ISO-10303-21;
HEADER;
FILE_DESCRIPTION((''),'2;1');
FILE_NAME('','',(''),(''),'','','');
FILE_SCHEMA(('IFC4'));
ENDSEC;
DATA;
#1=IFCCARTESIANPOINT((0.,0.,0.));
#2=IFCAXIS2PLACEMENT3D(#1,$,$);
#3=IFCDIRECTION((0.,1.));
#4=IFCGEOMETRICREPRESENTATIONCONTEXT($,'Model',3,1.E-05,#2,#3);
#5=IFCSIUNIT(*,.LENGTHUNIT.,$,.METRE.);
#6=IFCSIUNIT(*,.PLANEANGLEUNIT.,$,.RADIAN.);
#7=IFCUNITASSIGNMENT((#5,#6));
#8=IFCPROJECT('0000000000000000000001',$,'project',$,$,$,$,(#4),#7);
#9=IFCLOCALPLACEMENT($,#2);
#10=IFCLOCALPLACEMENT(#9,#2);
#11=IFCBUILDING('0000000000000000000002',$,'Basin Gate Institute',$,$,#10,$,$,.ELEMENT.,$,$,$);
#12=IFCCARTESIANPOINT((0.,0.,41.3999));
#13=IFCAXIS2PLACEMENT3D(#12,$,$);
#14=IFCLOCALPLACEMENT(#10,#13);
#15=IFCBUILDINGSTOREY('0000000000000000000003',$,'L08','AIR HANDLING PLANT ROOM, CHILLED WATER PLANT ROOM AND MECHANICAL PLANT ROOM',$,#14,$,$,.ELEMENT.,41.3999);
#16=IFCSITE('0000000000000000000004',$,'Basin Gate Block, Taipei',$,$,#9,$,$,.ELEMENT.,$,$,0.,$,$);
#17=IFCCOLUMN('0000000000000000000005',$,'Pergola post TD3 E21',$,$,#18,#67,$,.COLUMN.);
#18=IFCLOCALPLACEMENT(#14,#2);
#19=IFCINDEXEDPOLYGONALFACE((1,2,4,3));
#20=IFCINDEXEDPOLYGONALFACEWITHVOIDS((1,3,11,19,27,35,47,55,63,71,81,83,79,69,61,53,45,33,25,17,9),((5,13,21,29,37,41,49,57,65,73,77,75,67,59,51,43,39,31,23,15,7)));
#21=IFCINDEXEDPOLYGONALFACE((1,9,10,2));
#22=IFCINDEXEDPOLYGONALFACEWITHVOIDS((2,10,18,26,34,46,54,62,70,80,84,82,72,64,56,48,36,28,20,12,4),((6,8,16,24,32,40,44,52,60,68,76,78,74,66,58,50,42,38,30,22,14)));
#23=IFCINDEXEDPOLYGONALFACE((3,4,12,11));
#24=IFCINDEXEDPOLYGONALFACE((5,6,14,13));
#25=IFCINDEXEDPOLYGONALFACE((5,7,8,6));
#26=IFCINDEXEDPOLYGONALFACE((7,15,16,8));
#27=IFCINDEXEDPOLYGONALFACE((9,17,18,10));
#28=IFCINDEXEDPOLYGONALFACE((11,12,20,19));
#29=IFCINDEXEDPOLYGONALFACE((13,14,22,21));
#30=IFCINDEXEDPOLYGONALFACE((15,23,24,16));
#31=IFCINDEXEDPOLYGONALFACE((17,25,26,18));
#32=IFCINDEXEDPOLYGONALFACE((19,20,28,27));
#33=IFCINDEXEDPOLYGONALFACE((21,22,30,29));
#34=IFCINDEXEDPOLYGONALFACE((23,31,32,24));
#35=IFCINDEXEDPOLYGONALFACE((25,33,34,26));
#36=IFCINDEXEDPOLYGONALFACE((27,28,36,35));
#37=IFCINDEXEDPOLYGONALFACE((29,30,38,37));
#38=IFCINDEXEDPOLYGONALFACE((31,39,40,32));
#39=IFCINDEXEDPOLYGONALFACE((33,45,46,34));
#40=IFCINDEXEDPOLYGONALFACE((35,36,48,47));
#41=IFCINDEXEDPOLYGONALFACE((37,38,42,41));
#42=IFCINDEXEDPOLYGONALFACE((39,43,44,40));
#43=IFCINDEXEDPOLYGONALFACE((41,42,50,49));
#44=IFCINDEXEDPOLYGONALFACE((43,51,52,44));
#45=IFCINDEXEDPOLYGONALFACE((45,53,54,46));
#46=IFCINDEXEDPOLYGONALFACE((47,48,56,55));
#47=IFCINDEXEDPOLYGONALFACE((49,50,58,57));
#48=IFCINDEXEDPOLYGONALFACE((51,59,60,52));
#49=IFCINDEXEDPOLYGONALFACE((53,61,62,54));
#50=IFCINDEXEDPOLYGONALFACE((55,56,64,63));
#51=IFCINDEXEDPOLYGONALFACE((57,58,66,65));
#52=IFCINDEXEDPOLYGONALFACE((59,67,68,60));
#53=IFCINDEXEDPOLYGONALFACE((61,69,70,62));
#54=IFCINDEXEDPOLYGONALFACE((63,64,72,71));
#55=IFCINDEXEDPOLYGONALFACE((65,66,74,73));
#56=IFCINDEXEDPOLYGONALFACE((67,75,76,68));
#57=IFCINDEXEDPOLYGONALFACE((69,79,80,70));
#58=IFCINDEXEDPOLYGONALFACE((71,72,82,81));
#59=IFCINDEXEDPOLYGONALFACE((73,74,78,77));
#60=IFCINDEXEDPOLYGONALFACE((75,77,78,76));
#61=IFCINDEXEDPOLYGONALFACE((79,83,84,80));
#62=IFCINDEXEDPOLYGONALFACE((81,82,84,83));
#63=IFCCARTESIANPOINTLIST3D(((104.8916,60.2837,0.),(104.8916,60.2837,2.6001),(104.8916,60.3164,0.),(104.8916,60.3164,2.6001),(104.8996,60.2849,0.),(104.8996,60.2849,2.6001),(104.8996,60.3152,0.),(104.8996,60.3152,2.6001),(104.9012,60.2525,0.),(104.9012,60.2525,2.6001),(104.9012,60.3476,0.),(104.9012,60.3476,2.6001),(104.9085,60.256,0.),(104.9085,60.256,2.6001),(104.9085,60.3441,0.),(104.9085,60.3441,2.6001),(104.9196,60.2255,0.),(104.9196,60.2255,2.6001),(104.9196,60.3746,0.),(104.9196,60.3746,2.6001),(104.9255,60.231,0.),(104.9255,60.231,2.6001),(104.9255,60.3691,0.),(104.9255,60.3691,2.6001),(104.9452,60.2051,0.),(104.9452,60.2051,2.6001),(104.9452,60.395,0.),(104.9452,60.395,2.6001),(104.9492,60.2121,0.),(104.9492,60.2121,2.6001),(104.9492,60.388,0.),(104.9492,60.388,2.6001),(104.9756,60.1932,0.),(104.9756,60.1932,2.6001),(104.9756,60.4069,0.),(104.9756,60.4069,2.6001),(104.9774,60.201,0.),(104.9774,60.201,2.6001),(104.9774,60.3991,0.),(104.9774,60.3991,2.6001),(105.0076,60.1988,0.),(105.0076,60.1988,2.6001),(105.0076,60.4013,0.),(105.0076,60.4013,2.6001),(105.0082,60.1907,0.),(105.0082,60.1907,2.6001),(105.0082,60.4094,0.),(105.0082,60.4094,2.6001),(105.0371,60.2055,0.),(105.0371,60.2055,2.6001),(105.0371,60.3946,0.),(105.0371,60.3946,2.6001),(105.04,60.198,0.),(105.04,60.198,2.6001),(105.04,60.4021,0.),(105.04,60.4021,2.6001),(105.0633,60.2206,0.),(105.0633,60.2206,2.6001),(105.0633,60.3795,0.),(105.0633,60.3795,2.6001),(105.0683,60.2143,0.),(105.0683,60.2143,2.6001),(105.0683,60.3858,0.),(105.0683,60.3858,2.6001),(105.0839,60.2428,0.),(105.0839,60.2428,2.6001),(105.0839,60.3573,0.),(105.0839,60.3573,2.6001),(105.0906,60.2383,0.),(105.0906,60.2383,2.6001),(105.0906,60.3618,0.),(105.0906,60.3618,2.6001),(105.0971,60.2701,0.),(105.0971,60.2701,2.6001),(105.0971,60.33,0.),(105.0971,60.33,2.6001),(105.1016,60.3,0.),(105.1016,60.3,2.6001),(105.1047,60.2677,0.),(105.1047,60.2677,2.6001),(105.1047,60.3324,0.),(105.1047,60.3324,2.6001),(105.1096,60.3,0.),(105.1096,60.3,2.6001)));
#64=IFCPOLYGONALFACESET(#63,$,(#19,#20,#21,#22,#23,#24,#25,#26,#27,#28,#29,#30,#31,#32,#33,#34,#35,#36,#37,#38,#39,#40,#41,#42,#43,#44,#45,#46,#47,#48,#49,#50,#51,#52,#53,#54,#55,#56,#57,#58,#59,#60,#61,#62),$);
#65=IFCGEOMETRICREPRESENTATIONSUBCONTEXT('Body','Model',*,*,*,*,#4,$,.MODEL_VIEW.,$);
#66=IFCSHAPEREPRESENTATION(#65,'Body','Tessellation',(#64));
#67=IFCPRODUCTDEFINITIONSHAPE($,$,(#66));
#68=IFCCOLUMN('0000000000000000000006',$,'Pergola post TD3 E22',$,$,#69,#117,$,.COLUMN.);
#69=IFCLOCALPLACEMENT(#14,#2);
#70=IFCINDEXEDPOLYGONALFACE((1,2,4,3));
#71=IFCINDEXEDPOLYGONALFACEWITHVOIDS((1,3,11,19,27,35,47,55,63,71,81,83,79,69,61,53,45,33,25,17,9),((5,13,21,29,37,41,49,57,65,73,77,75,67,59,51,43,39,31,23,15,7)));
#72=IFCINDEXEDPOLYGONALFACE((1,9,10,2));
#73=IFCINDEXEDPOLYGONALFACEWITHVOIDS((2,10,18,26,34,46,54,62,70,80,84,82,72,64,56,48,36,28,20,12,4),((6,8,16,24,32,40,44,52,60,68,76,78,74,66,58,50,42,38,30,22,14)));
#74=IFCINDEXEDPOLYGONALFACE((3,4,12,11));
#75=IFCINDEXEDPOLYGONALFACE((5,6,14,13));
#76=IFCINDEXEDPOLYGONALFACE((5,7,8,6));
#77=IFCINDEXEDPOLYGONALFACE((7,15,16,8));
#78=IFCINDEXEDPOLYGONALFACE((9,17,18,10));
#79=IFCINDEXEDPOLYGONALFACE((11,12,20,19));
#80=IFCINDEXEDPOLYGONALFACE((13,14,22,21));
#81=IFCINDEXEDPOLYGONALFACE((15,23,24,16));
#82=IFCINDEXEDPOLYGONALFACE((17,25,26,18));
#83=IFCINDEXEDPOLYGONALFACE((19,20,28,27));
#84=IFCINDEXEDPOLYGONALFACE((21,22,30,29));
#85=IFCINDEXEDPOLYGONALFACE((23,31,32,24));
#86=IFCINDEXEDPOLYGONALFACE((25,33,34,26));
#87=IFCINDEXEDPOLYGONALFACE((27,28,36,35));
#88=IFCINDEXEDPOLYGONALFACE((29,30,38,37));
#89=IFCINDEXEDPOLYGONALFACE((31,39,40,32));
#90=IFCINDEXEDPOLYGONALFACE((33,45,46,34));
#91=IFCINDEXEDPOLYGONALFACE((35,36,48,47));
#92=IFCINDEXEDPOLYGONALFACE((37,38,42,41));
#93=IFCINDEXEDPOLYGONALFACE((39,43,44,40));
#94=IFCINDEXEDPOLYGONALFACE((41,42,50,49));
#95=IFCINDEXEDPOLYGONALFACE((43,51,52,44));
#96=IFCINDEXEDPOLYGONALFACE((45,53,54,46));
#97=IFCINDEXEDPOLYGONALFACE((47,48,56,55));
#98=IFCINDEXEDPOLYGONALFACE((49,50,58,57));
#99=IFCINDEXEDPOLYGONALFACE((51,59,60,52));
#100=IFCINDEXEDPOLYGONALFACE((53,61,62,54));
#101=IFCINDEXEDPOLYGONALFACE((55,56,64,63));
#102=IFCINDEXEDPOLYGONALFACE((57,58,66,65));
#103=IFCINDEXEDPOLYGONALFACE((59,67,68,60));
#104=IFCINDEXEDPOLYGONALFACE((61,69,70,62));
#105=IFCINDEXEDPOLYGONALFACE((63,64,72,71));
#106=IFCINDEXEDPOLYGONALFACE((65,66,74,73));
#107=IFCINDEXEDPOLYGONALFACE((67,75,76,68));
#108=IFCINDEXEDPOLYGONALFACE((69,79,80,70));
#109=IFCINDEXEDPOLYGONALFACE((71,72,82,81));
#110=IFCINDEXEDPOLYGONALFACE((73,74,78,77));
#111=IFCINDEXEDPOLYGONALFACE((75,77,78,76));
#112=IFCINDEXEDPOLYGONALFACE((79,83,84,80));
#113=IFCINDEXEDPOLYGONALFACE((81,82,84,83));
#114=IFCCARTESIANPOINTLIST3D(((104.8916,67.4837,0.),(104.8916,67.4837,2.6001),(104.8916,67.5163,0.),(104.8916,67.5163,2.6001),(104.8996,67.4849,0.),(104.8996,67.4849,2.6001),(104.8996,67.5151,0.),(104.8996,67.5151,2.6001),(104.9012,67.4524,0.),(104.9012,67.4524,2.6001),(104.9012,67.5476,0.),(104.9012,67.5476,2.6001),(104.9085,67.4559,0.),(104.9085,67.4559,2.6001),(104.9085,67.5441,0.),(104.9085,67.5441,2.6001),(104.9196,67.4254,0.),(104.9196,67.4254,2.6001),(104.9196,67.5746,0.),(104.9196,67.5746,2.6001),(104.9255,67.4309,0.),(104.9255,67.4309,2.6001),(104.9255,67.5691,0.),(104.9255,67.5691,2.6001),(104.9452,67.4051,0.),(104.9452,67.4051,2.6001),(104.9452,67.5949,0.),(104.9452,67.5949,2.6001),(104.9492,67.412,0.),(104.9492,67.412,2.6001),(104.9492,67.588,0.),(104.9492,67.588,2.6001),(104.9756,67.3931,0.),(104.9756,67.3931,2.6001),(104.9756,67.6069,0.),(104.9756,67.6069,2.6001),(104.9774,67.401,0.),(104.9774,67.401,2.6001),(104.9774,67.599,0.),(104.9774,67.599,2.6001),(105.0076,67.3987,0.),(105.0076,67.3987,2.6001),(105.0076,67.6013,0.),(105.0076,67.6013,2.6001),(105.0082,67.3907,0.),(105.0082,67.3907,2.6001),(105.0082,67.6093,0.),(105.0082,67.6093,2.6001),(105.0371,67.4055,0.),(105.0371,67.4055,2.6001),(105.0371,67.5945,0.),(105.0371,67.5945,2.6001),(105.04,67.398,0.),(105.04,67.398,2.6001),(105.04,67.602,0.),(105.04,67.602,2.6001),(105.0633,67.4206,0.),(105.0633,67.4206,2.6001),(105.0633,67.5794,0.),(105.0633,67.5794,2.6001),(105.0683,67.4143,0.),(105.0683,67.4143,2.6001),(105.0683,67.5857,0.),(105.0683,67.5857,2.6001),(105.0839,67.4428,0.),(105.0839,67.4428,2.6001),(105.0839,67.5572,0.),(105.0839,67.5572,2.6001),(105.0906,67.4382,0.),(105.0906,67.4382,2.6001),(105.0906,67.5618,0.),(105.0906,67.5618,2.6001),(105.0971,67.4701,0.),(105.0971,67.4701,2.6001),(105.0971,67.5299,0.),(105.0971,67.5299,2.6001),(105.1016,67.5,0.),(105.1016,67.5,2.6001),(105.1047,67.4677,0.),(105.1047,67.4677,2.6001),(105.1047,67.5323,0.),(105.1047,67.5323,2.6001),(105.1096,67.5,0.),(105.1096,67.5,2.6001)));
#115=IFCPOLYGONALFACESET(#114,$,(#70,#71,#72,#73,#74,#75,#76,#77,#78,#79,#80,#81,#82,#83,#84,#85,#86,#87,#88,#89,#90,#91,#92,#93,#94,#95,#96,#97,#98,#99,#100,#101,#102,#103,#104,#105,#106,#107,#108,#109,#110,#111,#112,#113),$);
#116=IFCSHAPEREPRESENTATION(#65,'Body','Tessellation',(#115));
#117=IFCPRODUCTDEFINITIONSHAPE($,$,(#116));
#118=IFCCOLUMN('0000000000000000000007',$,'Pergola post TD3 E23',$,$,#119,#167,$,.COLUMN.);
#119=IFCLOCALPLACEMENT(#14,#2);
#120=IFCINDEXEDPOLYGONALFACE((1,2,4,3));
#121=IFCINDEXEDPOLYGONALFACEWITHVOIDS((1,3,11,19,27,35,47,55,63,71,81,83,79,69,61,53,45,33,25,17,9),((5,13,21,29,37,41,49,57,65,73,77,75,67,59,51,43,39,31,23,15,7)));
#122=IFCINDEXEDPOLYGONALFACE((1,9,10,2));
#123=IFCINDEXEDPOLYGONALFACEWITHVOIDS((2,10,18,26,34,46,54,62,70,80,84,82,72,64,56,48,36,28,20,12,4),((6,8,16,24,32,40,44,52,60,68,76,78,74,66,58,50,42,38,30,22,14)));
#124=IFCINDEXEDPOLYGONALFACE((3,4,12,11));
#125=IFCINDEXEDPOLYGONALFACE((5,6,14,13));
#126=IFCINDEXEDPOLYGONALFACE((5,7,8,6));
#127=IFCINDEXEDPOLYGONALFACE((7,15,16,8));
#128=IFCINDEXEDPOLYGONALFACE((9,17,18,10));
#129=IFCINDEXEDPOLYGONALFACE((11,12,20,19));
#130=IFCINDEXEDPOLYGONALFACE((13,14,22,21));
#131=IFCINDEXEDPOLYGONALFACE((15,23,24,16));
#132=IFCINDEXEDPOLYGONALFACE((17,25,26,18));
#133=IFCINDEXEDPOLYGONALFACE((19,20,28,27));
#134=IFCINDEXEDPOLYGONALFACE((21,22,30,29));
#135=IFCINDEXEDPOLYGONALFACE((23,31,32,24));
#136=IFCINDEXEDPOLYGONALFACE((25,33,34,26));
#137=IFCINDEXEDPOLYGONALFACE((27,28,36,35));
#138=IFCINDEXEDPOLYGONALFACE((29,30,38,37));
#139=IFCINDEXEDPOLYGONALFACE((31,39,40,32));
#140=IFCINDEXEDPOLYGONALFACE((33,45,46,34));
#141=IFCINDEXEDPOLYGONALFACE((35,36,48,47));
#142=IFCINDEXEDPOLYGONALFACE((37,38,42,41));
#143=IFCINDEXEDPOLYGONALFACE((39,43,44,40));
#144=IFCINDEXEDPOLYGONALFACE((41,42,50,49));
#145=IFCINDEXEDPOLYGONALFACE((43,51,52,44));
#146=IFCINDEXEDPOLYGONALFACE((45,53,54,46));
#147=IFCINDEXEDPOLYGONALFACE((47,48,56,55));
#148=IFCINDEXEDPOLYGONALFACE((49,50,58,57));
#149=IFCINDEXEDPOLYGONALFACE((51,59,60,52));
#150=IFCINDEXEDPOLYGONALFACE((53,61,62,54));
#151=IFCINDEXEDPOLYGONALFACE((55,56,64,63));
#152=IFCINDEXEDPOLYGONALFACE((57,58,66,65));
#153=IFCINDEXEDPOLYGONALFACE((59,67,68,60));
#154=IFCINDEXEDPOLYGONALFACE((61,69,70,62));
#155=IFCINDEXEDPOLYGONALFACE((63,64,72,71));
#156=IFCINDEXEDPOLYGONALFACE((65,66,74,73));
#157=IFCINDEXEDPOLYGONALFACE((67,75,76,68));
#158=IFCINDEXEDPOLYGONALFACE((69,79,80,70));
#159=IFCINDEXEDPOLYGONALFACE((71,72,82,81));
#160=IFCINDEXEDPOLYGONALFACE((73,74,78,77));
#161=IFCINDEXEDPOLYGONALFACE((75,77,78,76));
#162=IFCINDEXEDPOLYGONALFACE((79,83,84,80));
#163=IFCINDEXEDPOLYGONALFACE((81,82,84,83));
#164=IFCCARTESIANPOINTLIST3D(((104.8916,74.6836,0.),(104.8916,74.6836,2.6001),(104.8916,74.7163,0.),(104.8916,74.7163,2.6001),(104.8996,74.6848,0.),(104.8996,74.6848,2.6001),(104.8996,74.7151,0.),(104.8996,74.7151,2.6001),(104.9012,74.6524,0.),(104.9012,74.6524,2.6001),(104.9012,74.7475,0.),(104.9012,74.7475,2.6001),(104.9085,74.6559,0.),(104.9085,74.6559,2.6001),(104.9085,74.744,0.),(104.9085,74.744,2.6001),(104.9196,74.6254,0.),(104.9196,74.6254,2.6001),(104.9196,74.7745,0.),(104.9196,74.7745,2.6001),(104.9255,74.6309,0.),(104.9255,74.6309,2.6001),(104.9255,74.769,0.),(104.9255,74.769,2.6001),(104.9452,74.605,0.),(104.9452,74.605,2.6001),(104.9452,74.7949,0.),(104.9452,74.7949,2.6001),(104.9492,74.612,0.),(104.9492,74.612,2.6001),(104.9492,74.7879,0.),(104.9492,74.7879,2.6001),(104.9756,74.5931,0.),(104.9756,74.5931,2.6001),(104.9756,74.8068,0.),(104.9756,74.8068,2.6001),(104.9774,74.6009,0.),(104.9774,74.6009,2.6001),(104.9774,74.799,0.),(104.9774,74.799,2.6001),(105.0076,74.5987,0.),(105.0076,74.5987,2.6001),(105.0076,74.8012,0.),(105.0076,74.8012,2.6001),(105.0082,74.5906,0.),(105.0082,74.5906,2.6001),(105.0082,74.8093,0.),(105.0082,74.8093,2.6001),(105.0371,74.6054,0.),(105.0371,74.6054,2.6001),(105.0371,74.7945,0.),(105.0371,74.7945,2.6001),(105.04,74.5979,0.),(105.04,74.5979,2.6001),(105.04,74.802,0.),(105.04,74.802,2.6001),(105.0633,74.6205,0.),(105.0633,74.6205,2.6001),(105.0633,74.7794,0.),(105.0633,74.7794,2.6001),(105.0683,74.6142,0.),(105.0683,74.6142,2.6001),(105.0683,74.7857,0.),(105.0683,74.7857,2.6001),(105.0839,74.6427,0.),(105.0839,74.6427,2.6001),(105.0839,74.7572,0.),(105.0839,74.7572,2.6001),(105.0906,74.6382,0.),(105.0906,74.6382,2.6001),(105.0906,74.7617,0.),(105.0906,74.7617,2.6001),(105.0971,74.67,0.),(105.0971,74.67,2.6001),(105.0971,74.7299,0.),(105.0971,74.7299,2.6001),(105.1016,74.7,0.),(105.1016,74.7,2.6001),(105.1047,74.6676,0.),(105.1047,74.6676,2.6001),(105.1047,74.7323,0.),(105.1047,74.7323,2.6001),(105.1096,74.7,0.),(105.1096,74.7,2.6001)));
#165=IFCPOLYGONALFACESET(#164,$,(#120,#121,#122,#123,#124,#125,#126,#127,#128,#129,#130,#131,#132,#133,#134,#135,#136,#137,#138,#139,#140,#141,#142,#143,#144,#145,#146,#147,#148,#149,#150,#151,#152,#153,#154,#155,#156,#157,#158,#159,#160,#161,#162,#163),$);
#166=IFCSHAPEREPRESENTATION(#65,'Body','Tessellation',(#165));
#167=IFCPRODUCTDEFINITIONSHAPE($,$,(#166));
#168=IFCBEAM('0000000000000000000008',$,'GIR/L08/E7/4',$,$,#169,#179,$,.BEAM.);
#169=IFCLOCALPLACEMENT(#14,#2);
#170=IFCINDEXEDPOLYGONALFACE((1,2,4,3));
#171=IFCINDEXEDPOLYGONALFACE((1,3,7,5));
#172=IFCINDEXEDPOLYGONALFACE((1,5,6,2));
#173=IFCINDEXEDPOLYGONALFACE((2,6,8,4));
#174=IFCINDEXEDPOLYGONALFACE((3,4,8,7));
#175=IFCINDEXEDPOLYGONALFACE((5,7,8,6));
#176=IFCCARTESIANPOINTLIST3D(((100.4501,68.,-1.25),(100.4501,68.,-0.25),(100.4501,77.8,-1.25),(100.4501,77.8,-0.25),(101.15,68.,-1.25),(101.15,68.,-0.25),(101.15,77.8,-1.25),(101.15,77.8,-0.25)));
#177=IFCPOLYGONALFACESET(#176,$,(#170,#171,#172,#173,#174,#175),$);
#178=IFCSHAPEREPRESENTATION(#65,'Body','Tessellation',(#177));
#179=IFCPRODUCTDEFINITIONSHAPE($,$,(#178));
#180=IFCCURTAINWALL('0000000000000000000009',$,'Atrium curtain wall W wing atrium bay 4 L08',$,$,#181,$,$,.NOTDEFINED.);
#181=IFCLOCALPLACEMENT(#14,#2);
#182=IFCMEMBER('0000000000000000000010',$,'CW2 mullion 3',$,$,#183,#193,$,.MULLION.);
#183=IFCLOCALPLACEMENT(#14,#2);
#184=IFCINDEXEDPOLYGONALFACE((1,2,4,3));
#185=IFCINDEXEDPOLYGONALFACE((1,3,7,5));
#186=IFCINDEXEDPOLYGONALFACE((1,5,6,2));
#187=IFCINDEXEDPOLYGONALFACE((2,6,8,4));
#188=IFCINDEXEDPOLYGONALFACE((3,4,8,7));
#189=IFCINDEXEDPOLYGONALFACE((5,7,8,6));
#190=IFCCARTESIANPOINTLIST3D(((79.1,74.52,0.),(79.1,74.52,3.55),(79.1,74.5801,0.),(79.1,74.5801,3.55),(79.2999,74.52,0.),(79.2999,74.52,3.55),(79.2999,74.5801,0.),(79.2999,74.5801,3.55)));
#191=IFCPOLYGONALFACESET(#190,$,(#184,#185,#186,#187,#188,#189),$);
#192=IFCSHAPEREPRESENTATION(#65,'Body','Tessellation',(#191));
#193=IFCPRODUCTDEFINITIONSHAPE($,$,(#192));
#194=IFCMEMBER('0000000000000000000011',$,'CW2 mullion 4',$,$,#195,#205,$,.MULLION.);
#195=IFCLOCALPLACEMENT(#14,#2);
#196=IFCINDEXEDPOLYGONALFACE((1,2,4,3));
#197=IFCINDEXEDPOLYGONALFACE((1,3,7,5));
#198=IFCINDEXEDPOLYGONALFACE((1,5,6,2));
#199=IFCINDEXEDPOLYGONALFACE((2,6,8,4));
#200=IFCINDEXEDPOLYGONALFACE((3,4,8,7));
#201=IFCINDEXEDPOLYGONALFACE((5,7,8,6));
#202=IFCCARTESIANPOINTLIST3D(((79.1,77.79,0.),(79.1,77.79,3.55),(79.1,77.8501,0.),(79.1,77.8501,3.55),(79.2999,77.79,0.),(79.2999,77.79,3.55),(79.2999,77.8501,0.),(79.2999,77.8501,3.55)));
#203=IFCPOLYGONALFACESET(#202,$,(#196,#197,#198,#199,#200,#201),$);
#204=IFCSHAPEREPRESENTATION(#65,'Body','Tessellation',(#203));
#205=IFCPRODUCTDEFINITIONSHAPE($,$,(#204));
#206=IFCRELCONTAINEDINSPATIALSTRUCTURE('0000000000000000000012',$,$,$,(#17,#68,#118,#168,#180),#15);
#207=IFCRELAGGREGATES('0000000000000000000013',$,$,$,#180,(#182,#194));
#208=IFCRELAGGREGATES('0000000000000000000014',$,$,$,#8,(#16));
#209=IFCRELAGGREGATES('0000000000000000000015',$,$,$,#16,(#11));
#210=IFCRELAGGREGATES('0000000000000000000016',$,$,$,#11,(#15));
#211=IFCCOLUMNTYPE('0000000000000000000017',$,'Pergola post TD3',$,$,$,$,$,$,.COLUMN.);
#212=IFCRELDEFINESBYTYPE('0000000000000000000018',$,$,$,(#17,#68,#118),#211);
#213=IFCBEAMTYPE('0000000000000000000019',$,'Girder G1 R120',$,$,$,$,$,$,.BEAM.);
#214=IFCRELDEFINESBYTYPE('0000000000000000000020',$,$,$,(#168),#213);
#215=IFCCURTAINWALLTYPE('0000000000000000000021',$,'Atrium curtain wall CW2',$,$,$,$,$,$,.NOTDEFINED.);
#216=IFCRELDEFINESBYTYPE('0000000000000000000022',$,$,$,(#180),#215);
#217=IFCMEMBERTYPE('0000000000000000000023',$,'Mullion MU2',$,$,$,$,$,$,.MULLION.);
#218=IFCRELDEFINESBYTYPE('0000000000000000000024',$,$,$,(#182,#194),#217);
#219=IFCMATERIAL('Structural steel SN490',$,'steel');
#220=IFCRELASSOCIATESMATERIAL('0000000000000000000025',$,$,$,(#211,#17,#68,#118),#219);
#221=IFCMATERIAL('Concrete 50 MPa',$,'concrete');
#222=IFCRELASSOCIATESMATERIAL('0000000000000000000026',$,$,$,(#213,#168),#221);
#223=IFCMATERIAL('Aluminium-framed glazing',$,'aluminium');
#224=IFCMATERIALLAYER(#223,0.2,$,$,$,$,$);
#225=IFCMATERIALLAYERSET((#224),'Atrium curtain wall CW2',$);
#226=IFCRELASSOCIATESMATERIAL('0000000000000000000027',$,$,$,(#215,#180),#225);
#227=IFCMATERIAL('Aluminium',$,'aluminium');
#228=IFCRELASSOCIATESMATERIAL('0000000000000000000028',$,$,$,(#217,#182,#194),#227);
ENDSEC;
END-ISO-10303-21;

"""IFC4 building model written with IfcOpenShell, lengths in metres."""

from ifc_helpers import new_model, si_unit, direction, frame, origin, origin_2d, place, context, subcontext, project, spatial, rectangle, hollow_circle, extrude, material, layer, layer_set, material_profile, profile_set, type_object, element, aggregate, save


model = new_model("IFC4")

# Units and contexts
model_context = context("Model", 3, precision=1e-05, world=origin(), true_north=direction((0.0, 1.0)))
body_context = subcontext(model_context, "Body", "Model", "MODEL_VIEW")
ifc_project = project(units=[si_unit("LENGTHUNIT", "METRE"), si_unit("PLANEANGLEUNIT", "RADIAN")], contexts=[model_context])

# Site, building, storey
site_placement = place(None, origin())
site = spatial("IfcSite", under=ifc_project, at=site_placement, Name="Basin Gate Block, Taipei", CompositionType="ELEMENT", RefElevation=0.0)
building_placement = place(site_placement, origin())
building = spatial("IfcBuilding", under=site, at=building_placement, Name="Basin Gate Institute", CompositionType="ELEMENT")
storey_placement = place(building_placement, frame((0.0, 0.0, 41.3999)))
storey = spatial("IfcBuildingStorey", under=building, at=storey_placement, Name="L08", Description="AIR HANDLING PLANT ROOM, CHILLED WATER PLANT ROOM AND MECHANICAL PLANT ROOM", CompositionType="ELEMENT", Elevation=41.3999)

# Columns
ifc_material_1 = material(Name="Structural steel SN490", Category="steel")
ifc_material_profile_1 = material_profile(ifc_material_1, hollow_circle(Radius=0.1096, WallThickness=0.0081, at=origin_2d()), Name="CHS219x8")
ifc_profile_set_1 = profile_set([ifc_material_profile_1], Name="Structural steel SN490")
column_type = type_object("IfcColumnType", Name="Pergola post TD3", PredefinedType="COLUMN", material=ifc_profile_set_1)
for number, where, z_axis, x_axis, name in (
    (1, (105.0, 60.3, 0.0), (0.0, 0.0, 1.0), (1.0, 0.0, 0.0), "Pergola post TD3 E21"),
    (2, (105.0, 67.5, 0.0), (0.0, 0.0, 1.0), (1.0, 0.0, 0.0), "Pergola post TD3 E22"),
    (3, (105.0, 74.7, 0.0), (0.0, 0.0, 1.0), (1.0, 0.0, 0.0), "Pergola post TD3 E23"),
):
    element("IfcColumn", number, at=place(storey_placement, frame(where, z_axis=z_axis, x_axis=x_axis)), inside=storey, type_object=column_type, material=ifc_profile_set_1, Name=name, PredefinedType="COLUMN", context=body_context, shape_type="SweptSolid", body=[
        extrude(hollow_circle(Radius=0.1096, WallThickness=0.0081, at=origin_2d()), origin(), (0.0, 0.0, 1.0), 2.6001),
    ])

# Beam
ifc_material_2 = material(Name="Concrete 50 MPa", Category="concrete")
ifc_material_profile_2 = material_profile(ifc_material_2, rectangle(XDim=0.7, YDim=1.0, at=origin_2d()), Name="Girder G1 700 x 1000")
ifc_profile_set_2 = profile_set([ifc_material_profile_2], Name="Concrete 50 MPa")
beam_type_1 = type_object("IfcBeamType", Name="Girder G1 R120", PredefinedType="BEAM", material=ifc_profile_set_2)
beam_1_placement = place(storey_placement, frame((100.8, 68.0, -0.75), z_axis=(0.0, 1.0, 0.0), x_axis=(-1.0, 0.0, 0.0)))
element("IfcBeam", 4, at=beam_1_placement, inside=storey, type_object=beam_type_1, material=ifc_profile_set_2, Name="GIR/L08/E7/4", PredefinedType="BEAM", context=body_context, shape_type="SweptSolid", body=[
    extrude(rectangle(XDim=0.7, YDim=1.0, at=origin_2d()), origin(), (0.0, 0.0, 1.0), 9.8),
])

# Curtain wall, members
ifc_material_3 = material(Name="Aluminium-framed glazing", Category="aluminium")
ifc_layer_1 = layer(ifc_material_3, 0.2)
ifc_layer_set_1 = layer_set([ifc_layer_1], Name="Atrium curtain wall CW2")
curtain_wall_type = type_object("IfcCurtainWallType", Name="Atrium curtain wall CW2", PredefinedType="NOTDEFINED", material=ifc_layer_set_1)
curtain_wall_placement = place(storey_placement, origin())
curtain_wall = element("IfcCurtainWall", 5, at=curtain_wall_placement, inside=storey, type_object=curtain_wall_type, material=ifc_layer_set_1, Name="Atrium curtain wall W wing atrium bay 4 L08", PredefinedType="NOTDEFINED")
ifc_material_4 = material(Name="Aluminium", Category="aluminium")
ifc_material_profile_3 = material_profile(ifc_material_4, rectangle(XDim=0.2, YDim=0.0601, at=origin_2d()), Name="Mullion MU2 200 x 60")
ifc_profile_set_3 = profile_set([ifc_material_profile_3], Name="Aluminium")
member_type_1 = type_object("IfcMemberType", Name="Mullion MU2", PredefinedType="MULLION", material=ifc_profile_set_3)
member_1_placement = place(storey_placement, frame((79.2, 74.55, 0.0), z_axis=(0.0, 0.0, 1.0), x_axis=(-1.0, 0.0, 0.0)))
member_1 = element("IfcMember", 6, at=member_1_placement, type_object=member_type_1, material=ifc_profile_set_3, Name="CW2 mullion 3", PredefinedType="MULLION", context=body_context, shape_type="SweptSolid", body=[
    extrude(rectangle(XDim=0.2, YDim=0.0601, at=origin_2d()), origin(), (0.0, 0.0, 1.0), 3.55),
])
member_2_placement = place(storey_placement, frame((79.2, 77.8201, 0.0), z_axis=(0.0, 0.0, 1.0), x_axis=(-1.0, 0.0, 0.0)))
member_2 = element("IfcMember", 7, at=member_2_placement, type_object=member_type_1, material=ifc_profile_set_3, Name="CW2 mullion 4", PredefinedType="MULLION", context=body_context, shape_type="SweptSolid", body=[
    extrude(rectangle(XDim=0.2, YDim=0.0601, at=origin_2d()), origin(), (0.0, 0.0, 1.0), 3.55),
])

aggregate(curtain_wall, [member_1, member_2])

save(model, "model.ifc")
